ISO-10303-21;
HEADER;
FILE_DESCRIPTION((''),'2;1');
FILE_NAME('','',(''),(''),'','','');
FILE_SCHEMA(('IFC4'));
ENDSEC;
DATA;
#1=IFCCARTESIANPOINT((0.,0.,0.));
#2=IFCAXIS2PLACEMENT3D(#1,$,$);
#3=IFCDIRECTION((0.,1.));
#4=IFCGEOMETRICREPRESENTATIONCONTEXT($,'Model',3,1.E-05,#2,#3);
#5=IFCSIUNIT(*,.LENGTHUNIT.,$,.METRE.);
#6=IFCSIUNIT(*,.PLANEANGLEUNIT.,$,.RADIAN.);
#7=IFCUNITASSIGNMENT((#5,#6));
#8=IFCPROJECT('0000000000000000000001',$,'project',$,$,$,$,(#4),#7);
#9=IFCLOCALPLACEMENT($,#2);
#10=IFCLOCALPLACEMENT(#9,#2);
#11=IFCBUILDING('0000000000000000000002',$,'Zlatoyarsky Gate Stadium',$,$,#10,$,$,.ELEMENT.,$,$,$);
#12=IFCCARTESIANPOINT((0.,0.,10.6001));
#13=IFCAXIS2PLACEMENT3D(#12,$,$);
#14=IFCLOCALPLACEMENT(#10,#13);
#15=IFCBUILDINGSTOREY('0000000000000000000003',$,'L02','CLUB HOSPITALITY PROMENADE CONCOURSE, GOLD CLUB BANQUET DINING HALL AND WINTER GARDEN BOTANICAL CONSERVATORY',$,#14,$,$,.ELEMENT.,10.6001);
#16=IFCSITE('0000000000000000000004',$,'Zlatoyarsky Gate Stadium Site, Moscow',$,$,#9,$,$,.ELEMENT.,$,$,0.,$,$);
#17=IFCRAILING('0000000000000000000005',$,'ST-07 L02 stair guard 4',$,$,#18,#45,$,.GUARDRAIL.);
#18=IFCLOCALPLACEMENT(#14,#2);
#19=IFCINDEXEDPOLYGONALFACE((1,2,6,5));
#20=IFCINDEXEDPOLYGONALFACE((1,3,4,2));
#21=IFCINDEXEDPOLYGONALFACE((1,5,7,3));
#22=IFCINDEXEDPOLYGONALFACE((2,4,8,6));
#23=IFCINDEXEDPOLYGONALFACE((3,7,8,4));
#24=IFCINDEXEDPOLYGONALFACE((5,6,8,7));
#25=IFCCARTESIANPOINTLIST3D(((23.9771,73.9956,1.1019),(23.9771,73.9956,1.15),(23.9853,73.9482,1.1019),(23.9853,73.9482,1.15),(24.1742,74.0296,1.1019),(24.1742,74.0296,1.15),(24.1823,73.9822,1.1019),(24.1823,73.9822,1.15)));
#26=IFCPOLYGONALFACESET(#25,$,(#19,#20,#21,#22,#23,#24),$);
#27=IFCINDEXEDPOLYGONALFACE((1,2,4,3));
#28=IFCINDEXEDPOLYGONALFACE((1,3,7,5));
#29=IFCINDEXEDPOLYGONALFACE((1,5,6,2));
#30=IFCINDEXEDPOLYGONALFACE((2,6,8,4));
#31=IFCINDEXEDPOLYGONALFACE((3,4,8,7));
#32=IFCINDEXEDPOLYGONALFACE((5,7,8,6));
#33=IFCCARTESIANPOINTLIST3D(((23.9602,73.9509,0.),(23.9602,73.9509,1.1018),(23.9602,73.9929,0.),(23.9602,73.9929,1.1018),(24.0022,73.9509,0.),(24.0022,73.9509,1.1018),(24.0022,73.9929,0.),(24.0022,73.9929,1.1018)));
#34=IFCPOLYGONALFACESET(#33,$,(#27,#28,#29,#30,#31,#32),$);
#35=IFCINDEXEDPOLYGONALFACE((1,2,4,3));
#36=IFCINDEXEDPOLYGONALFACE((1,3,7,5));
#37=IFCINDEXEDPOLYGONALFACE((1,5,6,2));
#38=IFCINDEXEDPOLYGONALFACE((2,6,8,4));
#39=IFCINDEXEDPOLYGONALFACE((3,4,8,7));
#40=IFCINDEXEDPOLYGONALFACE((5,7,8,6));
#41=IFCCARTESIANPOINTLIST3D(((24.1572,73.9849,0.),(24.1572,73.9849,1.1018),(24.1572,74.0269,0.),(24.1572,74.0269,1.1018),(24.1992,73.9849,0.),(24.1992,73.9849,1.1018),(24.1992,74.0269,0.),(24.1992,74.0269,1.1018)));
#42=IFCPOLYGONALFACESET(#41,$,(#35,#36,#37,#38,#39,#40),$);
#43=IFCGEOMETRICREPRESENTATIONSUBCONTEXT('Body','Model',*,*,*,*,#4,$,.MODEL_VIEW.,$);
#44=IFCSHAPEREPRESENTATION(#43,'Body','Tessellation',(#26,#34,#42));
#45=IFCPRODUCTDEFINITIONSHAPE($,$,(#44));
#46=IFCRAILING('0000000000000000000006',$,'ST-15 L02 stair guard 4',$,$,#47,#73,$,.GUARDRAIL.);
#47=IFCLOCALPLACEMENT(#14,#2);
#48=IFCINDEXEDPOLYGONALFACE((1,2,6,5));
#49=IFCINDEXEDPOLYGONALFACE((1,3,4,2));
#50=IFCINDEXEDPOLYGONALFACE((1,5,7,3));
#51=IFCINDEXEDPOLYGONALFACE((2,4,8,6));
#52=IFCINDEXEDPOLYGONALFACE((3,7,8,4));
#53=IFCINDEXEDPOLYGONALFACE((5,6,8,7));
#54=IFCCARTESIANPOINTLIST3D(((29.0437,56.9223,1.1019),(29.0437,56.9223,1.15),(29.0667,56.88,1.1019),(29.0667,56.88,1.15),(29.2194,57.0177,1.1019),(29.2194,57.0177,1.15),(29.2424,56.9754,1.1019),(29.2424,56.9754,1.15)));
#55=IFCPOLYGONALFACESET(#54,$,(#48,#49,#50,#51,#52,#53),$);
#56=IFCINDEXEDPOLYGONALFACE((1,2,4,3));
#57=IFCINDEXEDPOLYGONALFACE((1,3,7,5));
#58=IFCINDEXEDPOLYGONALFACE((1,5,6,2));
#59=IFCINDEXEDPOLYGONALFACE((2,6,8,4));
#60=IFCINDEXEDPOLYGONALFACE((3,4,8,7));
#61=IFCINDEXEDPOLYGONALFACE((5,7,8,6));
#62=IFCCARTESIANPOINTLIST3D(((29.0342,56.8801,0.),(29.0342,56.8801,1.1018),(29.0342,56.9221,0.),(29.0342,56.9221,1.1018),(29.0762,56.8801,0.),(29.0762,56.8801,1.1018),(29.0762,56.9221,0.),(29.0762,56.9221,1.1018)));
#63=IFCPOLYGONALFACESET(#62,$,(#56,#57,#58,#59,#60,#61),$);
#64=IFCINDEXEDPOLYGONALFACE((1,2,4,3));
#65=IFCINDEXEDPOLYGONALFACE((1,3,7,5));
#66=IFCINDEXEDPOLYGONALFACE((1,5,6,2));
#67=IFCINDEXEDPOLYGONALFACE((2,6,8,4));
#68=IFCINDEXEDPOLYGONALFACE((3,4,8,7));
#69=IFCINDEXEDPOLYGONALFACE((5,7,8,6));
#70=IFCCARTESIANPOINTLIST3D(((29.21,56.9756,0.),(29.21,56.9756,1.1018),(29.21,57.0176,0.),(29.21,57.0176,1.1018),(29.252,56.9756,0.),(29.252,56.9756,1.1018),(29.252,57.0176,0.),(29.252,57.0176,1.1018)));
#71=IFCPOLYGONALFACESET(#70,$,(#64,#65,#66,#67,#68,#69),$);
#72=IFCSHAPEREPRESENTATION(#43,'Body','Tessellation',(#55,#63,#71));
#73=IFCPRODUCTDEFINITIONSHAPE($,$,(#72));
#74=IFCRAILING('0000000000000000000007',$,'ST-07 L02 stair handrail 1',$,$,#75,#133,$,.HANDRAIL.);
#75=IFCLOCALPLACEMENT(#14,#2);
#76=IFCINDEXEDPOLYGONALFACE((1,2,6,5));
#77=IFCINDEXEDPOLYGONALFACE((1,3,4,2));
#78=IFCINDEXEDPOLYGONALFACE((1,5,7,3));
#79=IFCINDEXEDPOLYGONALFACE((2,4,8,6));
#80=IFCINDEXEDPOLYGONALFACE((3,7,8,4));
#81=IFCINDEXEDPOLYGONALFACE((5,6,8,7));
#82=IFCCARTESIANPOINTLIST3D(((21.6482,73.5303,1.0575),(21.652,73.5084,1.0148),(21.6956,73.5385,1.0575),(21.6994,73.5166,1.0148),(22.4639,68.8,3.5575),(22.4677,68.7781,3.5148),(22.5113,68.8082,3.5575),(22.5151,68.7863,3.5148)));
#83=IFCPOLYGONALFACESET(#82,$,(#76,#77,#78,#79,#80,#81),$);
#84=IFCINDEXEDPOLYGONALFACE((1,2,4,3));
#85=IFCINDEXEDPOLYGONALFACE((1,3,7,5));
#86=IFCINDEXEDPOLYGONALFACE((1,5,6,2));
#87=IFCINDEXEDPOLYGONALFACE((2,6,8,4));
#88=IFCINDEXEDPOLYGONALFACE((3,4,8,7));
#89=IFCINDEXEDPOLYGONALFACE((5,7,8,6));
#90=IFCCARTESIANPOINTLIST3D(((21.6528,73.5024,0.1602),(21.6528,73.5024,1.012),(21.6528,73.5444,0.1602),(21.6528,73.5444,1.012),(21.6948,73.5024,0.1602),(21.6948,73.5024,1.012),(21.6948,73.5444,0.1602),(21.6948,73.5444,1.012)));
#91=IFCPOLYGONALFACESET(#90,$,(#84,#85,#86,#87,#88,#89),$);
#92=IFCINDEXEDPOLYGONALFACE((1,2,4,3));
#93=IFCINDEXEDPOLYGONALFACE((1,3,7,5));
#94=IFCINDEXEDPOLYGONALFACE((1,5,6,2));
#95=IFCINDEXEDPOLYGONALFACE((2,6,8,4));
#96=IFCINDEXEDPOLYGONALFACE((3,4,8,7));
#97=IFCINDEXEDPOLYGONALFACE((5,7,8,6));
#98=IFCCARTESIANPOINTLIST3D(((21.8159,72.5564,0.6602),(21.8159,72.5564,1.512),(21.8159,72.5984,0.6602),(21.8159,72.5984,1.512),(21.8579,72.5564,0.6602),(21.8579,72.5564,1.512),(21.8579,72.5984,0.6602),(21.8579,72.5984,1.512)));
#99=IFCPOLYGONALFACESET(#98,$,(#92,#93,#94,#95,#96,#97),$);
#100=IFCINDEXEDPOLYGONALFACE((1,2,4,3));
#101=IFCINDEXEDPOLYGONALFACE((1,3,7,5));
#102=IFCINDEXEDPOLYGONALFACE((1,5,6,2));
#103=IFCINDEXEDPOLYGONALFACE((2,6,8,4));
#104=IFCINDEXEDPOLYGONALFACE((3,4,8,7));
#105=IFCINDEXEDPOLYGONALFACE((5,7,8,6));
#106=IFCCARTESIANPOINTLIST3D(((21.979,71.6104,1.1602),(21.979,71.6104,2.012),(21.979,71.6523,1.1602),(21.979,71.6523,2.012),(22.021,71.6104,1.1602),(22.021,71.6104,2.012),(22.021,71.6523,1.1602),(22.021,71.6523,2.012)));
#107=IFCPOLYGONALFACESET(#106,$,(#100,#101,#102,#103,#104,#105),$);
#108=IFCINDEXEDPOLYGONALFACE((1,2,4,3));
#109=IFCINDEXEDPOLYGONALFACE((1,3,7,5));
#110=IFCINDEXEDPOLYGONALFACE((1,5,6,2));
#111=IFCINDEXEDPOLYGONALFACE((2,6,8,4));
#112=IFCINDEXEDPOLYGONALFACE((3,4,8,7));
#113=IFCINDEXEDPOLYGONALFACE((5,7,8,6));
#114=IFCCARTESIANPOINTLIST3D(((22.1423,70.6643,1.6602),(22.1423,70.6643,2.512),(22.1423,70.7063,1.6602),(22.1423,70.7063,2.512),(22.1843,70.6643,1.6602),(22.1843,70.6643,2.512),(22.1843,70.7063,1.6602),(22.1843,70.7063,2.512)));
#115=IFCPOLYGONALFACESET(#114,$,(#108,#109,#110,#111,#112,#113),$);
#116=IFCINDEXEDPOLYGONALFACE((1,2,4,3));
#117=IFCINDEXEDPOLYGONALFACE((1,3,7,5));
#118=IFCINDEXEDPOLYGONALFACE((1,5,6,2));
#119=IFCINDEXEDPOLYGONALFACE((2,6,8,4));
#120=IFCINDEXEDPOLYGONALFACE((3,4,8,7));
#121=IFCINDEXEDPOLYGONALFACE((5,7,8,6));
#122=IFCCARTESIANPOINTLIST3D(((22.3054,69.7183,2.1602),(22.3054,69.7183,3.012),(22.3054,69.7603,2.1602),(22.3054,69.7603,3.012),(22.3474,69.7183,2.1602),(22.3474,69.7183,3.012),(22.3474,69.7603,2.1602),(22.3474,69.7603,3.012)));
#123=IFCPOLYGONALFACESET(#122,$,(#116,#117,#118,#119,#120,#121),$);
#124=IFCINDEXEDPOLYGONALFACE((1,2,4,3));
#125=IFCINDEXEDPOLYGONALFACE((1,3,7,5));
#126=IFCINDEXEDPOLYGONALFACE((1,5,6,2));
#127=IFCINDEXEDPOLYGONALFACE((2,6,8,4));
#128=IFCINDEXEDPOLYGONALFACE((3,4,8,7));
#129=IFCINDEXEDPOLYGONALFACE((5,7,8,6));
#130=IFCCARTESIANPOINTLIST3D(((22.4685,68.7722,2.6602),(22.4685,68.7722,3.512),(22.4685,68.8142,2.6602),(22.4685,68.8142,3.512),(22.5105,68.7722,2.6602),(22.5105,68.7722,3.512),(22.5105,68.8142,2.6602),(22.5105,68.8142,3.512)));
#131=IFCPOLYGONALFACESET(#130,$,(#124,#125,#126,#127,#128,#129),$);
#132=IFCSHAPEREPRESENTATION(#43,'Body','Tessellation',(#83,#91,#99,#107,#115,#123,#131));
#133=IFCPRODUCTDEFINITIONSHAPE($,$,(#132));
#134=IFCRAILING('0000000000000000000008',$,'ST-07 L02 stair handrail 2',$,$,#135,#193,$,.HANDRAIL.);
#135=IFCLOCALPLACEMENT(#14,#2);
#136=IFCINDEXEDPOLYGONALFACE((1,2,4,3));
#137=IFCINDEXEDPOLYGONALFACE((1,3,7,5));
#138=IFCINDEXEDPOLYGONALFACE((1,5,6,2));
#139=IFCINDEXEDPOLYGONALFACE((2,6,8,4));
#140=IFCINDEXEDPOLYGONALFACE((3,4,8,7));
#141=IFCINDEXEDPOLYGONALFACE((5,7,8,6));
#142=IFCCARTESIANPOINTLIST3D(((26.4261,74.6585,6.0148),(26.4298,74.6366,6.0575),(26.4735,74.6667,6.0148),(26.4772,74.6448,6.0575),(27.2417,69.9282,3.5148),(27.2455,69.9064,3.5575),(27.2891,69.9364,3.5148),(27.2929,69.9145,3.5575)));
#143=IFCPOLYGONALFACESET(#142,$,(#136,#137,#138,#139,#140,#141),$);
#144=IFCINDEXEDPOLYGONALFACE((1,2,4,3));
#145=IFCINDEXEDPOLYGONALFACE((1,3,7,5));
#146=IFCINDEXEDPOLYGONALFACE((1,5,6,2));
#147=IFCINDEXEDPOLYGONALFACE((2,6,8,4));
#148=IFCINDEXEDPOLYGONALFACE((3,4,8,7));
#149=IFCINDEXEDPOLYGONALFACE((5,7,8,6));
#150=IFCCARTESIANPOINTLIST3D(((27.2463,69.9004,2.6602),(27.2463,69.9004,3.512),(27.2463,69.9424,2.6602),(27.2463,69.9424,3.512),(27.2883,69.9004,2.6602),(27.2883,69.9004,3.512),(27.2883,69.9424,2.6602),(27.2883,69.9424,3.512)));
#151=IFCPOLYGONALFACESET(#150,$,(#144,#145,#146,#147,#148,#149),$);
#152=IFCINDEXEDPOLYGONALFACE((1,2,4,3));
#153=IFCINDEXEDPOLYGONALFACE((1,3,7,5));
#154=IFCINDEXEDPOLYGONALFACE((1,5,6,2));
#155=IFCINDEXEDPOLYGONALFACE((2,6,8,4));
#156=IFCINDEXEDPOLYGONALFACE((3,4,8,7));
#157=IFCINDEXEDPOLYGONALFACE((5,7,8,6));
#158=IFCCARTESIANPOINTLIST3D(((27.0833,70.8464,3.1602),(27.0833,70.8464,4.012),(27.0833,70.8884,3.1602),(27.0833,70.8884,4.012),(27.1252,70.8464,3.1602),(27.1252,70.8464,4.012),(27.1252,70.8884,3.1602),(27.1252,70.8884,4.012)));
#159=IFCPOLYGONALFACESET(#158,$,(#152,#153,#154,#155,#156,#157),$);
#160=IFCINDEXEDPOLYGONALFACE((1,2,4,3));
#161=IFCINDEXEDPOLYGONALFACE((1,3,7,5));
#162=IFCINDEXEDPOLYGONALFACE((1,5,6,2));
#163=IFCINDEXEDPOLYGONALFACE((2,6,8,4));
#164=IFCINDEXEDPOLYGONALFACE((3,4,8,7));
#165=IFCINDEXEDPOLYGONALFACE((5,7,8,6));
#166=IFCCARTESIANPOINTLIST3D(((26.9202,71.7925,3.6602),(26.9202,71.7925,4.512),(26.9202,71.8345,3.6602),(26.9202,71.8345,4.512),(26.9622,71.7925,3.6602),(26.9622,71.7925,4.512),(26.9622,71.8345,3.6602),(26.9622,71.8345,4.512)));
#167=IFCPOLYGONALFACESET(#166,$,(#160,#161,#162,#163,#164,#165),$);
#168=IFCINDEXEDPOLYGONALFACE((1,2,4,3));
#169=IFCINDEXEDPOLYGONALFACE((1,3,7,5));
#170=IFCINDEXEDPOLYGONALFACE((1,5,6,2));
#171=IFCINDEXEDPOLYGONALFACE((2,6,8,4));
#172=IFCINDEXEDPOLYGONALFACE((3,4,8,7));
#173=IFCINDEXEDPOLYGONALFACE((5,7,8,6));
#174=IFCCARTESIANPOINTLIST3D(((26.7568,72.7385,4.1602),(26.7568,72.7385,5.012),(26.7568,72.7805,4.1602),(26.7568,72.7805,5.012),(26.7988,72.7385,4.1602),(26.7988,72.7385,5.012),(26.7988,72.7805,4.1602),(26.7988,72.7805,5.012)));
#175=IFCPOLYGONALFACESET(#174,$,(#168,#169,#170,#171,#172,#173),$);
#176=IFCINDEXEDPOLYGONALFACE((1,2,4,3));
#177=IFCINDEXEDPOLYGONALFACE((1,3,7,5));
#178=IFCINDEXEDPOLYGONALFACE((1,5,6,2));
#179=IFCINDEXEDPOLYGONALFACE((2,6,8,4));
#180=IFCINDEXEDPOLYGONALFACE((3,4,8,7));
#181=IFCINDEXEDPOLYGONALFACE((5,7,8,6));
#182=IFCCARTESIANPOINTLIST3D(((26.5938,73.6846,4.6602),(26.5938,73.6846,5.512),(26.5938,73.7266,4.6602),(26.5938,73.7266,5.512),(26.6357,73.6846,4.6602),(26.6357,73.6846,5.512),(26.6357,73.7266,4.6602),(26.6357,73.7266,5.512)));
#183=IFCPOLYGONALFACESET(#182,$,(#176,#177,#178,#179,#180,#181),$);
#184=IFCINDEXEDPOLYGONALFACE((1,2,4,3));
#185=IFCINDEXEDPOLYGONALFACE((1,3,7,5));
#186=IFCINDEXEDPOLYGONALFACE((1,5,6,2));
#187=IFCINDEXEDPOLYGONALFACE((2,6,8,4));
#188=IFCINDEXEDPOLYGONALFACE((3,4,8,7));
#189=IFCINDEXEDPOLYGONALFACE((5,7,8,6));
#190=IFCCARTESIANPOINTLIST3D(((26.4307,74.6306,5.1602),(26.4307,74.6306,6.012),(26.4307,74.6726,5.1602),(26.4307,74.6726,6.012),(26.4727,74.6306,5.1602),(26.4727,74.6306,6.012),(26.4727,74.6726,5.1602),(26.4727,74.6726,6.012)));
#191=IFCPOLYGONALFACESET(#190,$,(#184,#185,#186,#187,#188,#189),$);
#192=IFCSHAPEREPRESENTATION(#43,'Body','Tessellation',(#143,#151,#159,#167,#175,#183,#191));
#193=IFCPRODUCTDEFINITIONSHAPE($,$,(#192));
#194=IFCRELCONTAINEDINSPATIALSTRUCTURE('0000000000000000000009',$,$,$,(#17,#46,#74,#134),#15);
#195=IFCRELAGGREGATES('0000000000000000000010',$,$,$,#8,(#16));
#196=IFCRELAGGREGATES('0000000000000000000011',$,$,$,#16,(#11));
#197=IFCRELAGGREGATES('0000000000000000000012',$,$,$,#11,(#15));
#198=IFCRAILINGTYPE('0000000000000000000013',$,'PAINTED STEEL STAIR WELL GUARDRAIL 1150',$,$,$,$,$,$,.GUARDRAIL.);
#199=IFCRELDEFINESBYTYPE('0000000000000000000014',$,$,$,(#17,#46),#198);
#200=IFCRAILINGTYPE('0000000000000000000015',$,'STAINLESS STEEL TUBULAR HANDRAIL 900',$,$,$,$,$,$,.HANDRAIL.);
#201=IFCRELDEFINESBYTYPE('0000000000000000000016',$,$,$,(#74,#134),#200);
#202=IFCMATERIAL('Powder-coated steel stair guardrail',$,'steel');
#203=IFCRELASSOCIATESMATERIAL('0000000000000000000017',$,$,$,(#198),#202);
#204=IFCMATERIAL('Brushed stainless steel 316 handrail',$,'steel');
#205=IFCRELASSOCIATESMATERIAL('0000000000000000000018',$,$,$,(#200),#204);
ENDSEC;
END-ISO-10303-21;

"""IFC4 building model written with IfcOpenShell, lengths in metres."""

from ifc_helpers import new_model, si_unit, direction, frame, origin, origin_2d, place, context, subcontext, project, spatial, rectangle, extrude, material, type_object, element, save


model = new_model("IFC4")

# Units and contexts
model_context = context("Model", 3, precision=1e-05, world=origin(), true_north=direction((0.0, 1.0)))
body_context = subcontext(model_context, "Body", "Model", "MODEL_VIEW")
ifc_project = project(units=[si_unit("LENGTHUNIT", "METRE"), si_unit("PLANEANGLEUNIT", "RADIAN")], contexts=[model_context])

# Site, building, storey
site_placement = place(None, origin())
site = spatial("IfcSite", under=ifc_project, at=site_placement, Name="Zlatoyarsky Gate Stadium Site, Moscow", CompositionType="ELEMENT", RefElevation=0.0)
building_placement = place(site_placement, origin())
building = spatial("IfcBuilding", under=site, at=building_placement, Name="Zlatoyarsky Gate Stadium", CompositionType="ELEMENT")
storey_placement = place(building_placement, frame((0.0, 0.0, 10.6001)))
storey = spatial("IfcBuildingStorey", under=building, at=storey_placement, Name="L02", Description="CLUB HOSPITALITY PROMENADE CONCOURSE, GOLD CLUB BANQUET DINING HALL AND WINTER GARDEN BOTANICAL CONSERVATORY", CompositionType="ELEMENT", Elevation=10.6001)

# Railings
ifc_material_1 = material(Name="Powder-coated steel stair guardrail", Category="steel")
railing_type_1 = type_object("IfcRailingType", Name="PAINTED STEEL STAIR WELL GUARDRAIL 1150", PredefinedType="GUARDRAIL", material=ifc_material_1)
railing_1_placement = place(storey_placement, frame((23.9812, 73.9719, 0.0)))
element("IfcRailing", 1, at=railing_1_placement, inside=storey, type_object=railing_type_1, Name="ST-07 L02 stair guard 4", PredefinedType="GUARDRAIL", context=body_context, shape_type="SweptSolid", body=[
    extrude(rectangle(XDim=0.0481, YDim=0.0481, at=origin_2d()), frame((0.0, 0.0, 1.126), z_axis=(0.985488, 0.169743, 0.0), x_axis=(-0.169743, 0.985488, 0.0)), (0.0, 0.0, 1.0), 0.2),
    extrude(rectangle(XDim=0.042, YDim=0.042, at=origin_2d()), origin(), (0.0, 0.0, 1.0), 1.1018),
    extrude(rectangle(XDim=0.042, YDim=0.042, at=origin_2d()), frame((0.197, 0.0339, 0.0)), (0.0, 0.0, 1.0), 1.1018),
])
railing_2_placement = place(storey_placement, frame((29.0552, 56.9011, 0.0)))
element("IfcRailing", 2, at=railing_2_placement, inside=storey, type_object=railing_type_1, Name="ST-15 L02 stair guard 4", PredefinedType="GUARDRAIL", context=body_context, shape_type="SweptSolid", body=[
    extrude(rectangle(XDim=0.0481, YDim=0.0481, at=origin_2d()), frame((0.0, 0.0, 1.126), z_axis=(0.87878, 0.477227, 0.0), x_axis=(-0.477227, 0.87878, 0.0)), (0.0, 0.0, 1.0), 0.2),
    extrude(rectangle(XDim=0.042, YDim=0.042, at=origin_2d()), origin(), (0.0, 0.0, 1.0), 1.1018),
    extrude(rectangle(XDim=0.042, YDim=0.042, at=origin_2d()), frame((0.1758, 0.0955, 0.0)), (0.0, 0.0, 1.0), 1.1018),
])
ifc_material_2 = material(Name="Brushed stainless steel 316 handrail", Category="steel")
railing_type_2 = type_object("IfcRailingType", Name="STAINLESS STEEL TUBULAR HANDRAIL 900", PredefinedType="HANDRAIL", material=ifc_material_2)
railing_3_placement = place(storey_placement, frame((21.6738, 73.5234, 0.1602)))
element("IfcRailing", 3, at=railing_3_placement, inside=storey, type_object=railing_type_2, Name="ST-07 L02 stair handrail 1", PredefinedType="HANDRAIL", context=body_context, shape_type="SweptSolid", body=[
    extrude(rectangle(XDim=0.0481, YDim=0.0481, at=origin_2d()), frame((0.0, 0.0, 0.876), z_axis=(0.150714, -0.874016, 0.461932), x_axis=(0.985456, 0.169931, 0.0)), (0.0, 0.0, 1.0), 5.4121),
    extrude(rectangle(XDim=0.042, YDim=0.042, at=origin_2d()), origin(), (0.0, 0.0, 1.0), 0.8518),
    extrude(rectangle(XDim=0.042, YDim=0.042, at=origin_2d()), frame((0.1631, -0.946, 0.5)), (0.0, 0.0, 1.0), 0.8518),
    extrude(rectangle(XDim=0.042, YDim=0.042, at=origin_2d()), frame((0.3262, -1.8921, 1.0)), (0.0, 0.0, 1.0), 0.8518),
    extrude(rectangle(XDim=0.042, YDim=0.042, at=origin_2d()), frame((0.4895, -2.8381, 1.5)), (0.0, 0.0, 1.0), 0.8518),
    extrude(rectangle(XDim=0.042, YDim=0.042, at=origin_2d()), frame((0.6526, -3.7842, 2.0)), (0.0, 0.0, 1.0), 0.8518),
    extrude(rectangle(XDim=0.042, YDim=0.042, at=origin_2d()), frame((0.8157, -4.7302, 2.5)), (0.0, 0.0, 1.0), 0.8518),
])
railing_4_placement = place(storey_placement, frame((27.2673, 69.9214, 2.6602)))
element("IfcRailing", 4, at=railing_4_placement, inside=storey, type_object=railing_type_2, Name="ST-07 L02 stair handrail 2", PredefinedType="HANDRAIL", context=body_context, shape_type="SweptSolid", body=[
    extrude(rectangle(XDim=0.0481, YDim=0.0481, at=origin_2d()), frame((0.0, 0.0, 0.876), z_axis=(-0.150714, 0.874016, 0.461932), x_axis=(-0.985456, -0.169931, 0.0)), (0.0, 0.0, 1.0), 5.4121),
    extrude(rectangle(XDim=0.042, YDim=0.042, at=origin_2d()), origin(), (0.0, 0.0, 1.0), 0.8518),
    extrude(rectangle(XDim=0.042, YDim=0.042, at=origin_2d()), frame((-0.1631, 0.946, 0.5)), (0.0, 0.0, 1.0), 0.8518),
    extrude(rectangle(XDim=0.042, YDim=0.042, at=origin_2d()), frame((-0.3262, 1.8921, 1.0)), (0.0, 0.0, 1.0), 0.8518),
    extrude(rectangle(XDim=0.042, YDim=0.042, at=origin_2d()), frame((-0.4895, 2.8381, 1.5)), (0.0, 0.0, 1.0), 0.8518),
    extrude(rectangle(XDim=0.042, YDim=0.042, at=origin_2d()), frame((-0.6526, 3.7842, 2.0)), (0.0, 0.0, 1.0), 0.8518),
    extrude(rectangle(XDim=0.042, YDim=0.042, at=origin_2d()), frame((-0.8157, 4.7302, 2.5)), (0.0, 0.0, 1.0), 0.8518),
])

save(model, "model.ifc")
